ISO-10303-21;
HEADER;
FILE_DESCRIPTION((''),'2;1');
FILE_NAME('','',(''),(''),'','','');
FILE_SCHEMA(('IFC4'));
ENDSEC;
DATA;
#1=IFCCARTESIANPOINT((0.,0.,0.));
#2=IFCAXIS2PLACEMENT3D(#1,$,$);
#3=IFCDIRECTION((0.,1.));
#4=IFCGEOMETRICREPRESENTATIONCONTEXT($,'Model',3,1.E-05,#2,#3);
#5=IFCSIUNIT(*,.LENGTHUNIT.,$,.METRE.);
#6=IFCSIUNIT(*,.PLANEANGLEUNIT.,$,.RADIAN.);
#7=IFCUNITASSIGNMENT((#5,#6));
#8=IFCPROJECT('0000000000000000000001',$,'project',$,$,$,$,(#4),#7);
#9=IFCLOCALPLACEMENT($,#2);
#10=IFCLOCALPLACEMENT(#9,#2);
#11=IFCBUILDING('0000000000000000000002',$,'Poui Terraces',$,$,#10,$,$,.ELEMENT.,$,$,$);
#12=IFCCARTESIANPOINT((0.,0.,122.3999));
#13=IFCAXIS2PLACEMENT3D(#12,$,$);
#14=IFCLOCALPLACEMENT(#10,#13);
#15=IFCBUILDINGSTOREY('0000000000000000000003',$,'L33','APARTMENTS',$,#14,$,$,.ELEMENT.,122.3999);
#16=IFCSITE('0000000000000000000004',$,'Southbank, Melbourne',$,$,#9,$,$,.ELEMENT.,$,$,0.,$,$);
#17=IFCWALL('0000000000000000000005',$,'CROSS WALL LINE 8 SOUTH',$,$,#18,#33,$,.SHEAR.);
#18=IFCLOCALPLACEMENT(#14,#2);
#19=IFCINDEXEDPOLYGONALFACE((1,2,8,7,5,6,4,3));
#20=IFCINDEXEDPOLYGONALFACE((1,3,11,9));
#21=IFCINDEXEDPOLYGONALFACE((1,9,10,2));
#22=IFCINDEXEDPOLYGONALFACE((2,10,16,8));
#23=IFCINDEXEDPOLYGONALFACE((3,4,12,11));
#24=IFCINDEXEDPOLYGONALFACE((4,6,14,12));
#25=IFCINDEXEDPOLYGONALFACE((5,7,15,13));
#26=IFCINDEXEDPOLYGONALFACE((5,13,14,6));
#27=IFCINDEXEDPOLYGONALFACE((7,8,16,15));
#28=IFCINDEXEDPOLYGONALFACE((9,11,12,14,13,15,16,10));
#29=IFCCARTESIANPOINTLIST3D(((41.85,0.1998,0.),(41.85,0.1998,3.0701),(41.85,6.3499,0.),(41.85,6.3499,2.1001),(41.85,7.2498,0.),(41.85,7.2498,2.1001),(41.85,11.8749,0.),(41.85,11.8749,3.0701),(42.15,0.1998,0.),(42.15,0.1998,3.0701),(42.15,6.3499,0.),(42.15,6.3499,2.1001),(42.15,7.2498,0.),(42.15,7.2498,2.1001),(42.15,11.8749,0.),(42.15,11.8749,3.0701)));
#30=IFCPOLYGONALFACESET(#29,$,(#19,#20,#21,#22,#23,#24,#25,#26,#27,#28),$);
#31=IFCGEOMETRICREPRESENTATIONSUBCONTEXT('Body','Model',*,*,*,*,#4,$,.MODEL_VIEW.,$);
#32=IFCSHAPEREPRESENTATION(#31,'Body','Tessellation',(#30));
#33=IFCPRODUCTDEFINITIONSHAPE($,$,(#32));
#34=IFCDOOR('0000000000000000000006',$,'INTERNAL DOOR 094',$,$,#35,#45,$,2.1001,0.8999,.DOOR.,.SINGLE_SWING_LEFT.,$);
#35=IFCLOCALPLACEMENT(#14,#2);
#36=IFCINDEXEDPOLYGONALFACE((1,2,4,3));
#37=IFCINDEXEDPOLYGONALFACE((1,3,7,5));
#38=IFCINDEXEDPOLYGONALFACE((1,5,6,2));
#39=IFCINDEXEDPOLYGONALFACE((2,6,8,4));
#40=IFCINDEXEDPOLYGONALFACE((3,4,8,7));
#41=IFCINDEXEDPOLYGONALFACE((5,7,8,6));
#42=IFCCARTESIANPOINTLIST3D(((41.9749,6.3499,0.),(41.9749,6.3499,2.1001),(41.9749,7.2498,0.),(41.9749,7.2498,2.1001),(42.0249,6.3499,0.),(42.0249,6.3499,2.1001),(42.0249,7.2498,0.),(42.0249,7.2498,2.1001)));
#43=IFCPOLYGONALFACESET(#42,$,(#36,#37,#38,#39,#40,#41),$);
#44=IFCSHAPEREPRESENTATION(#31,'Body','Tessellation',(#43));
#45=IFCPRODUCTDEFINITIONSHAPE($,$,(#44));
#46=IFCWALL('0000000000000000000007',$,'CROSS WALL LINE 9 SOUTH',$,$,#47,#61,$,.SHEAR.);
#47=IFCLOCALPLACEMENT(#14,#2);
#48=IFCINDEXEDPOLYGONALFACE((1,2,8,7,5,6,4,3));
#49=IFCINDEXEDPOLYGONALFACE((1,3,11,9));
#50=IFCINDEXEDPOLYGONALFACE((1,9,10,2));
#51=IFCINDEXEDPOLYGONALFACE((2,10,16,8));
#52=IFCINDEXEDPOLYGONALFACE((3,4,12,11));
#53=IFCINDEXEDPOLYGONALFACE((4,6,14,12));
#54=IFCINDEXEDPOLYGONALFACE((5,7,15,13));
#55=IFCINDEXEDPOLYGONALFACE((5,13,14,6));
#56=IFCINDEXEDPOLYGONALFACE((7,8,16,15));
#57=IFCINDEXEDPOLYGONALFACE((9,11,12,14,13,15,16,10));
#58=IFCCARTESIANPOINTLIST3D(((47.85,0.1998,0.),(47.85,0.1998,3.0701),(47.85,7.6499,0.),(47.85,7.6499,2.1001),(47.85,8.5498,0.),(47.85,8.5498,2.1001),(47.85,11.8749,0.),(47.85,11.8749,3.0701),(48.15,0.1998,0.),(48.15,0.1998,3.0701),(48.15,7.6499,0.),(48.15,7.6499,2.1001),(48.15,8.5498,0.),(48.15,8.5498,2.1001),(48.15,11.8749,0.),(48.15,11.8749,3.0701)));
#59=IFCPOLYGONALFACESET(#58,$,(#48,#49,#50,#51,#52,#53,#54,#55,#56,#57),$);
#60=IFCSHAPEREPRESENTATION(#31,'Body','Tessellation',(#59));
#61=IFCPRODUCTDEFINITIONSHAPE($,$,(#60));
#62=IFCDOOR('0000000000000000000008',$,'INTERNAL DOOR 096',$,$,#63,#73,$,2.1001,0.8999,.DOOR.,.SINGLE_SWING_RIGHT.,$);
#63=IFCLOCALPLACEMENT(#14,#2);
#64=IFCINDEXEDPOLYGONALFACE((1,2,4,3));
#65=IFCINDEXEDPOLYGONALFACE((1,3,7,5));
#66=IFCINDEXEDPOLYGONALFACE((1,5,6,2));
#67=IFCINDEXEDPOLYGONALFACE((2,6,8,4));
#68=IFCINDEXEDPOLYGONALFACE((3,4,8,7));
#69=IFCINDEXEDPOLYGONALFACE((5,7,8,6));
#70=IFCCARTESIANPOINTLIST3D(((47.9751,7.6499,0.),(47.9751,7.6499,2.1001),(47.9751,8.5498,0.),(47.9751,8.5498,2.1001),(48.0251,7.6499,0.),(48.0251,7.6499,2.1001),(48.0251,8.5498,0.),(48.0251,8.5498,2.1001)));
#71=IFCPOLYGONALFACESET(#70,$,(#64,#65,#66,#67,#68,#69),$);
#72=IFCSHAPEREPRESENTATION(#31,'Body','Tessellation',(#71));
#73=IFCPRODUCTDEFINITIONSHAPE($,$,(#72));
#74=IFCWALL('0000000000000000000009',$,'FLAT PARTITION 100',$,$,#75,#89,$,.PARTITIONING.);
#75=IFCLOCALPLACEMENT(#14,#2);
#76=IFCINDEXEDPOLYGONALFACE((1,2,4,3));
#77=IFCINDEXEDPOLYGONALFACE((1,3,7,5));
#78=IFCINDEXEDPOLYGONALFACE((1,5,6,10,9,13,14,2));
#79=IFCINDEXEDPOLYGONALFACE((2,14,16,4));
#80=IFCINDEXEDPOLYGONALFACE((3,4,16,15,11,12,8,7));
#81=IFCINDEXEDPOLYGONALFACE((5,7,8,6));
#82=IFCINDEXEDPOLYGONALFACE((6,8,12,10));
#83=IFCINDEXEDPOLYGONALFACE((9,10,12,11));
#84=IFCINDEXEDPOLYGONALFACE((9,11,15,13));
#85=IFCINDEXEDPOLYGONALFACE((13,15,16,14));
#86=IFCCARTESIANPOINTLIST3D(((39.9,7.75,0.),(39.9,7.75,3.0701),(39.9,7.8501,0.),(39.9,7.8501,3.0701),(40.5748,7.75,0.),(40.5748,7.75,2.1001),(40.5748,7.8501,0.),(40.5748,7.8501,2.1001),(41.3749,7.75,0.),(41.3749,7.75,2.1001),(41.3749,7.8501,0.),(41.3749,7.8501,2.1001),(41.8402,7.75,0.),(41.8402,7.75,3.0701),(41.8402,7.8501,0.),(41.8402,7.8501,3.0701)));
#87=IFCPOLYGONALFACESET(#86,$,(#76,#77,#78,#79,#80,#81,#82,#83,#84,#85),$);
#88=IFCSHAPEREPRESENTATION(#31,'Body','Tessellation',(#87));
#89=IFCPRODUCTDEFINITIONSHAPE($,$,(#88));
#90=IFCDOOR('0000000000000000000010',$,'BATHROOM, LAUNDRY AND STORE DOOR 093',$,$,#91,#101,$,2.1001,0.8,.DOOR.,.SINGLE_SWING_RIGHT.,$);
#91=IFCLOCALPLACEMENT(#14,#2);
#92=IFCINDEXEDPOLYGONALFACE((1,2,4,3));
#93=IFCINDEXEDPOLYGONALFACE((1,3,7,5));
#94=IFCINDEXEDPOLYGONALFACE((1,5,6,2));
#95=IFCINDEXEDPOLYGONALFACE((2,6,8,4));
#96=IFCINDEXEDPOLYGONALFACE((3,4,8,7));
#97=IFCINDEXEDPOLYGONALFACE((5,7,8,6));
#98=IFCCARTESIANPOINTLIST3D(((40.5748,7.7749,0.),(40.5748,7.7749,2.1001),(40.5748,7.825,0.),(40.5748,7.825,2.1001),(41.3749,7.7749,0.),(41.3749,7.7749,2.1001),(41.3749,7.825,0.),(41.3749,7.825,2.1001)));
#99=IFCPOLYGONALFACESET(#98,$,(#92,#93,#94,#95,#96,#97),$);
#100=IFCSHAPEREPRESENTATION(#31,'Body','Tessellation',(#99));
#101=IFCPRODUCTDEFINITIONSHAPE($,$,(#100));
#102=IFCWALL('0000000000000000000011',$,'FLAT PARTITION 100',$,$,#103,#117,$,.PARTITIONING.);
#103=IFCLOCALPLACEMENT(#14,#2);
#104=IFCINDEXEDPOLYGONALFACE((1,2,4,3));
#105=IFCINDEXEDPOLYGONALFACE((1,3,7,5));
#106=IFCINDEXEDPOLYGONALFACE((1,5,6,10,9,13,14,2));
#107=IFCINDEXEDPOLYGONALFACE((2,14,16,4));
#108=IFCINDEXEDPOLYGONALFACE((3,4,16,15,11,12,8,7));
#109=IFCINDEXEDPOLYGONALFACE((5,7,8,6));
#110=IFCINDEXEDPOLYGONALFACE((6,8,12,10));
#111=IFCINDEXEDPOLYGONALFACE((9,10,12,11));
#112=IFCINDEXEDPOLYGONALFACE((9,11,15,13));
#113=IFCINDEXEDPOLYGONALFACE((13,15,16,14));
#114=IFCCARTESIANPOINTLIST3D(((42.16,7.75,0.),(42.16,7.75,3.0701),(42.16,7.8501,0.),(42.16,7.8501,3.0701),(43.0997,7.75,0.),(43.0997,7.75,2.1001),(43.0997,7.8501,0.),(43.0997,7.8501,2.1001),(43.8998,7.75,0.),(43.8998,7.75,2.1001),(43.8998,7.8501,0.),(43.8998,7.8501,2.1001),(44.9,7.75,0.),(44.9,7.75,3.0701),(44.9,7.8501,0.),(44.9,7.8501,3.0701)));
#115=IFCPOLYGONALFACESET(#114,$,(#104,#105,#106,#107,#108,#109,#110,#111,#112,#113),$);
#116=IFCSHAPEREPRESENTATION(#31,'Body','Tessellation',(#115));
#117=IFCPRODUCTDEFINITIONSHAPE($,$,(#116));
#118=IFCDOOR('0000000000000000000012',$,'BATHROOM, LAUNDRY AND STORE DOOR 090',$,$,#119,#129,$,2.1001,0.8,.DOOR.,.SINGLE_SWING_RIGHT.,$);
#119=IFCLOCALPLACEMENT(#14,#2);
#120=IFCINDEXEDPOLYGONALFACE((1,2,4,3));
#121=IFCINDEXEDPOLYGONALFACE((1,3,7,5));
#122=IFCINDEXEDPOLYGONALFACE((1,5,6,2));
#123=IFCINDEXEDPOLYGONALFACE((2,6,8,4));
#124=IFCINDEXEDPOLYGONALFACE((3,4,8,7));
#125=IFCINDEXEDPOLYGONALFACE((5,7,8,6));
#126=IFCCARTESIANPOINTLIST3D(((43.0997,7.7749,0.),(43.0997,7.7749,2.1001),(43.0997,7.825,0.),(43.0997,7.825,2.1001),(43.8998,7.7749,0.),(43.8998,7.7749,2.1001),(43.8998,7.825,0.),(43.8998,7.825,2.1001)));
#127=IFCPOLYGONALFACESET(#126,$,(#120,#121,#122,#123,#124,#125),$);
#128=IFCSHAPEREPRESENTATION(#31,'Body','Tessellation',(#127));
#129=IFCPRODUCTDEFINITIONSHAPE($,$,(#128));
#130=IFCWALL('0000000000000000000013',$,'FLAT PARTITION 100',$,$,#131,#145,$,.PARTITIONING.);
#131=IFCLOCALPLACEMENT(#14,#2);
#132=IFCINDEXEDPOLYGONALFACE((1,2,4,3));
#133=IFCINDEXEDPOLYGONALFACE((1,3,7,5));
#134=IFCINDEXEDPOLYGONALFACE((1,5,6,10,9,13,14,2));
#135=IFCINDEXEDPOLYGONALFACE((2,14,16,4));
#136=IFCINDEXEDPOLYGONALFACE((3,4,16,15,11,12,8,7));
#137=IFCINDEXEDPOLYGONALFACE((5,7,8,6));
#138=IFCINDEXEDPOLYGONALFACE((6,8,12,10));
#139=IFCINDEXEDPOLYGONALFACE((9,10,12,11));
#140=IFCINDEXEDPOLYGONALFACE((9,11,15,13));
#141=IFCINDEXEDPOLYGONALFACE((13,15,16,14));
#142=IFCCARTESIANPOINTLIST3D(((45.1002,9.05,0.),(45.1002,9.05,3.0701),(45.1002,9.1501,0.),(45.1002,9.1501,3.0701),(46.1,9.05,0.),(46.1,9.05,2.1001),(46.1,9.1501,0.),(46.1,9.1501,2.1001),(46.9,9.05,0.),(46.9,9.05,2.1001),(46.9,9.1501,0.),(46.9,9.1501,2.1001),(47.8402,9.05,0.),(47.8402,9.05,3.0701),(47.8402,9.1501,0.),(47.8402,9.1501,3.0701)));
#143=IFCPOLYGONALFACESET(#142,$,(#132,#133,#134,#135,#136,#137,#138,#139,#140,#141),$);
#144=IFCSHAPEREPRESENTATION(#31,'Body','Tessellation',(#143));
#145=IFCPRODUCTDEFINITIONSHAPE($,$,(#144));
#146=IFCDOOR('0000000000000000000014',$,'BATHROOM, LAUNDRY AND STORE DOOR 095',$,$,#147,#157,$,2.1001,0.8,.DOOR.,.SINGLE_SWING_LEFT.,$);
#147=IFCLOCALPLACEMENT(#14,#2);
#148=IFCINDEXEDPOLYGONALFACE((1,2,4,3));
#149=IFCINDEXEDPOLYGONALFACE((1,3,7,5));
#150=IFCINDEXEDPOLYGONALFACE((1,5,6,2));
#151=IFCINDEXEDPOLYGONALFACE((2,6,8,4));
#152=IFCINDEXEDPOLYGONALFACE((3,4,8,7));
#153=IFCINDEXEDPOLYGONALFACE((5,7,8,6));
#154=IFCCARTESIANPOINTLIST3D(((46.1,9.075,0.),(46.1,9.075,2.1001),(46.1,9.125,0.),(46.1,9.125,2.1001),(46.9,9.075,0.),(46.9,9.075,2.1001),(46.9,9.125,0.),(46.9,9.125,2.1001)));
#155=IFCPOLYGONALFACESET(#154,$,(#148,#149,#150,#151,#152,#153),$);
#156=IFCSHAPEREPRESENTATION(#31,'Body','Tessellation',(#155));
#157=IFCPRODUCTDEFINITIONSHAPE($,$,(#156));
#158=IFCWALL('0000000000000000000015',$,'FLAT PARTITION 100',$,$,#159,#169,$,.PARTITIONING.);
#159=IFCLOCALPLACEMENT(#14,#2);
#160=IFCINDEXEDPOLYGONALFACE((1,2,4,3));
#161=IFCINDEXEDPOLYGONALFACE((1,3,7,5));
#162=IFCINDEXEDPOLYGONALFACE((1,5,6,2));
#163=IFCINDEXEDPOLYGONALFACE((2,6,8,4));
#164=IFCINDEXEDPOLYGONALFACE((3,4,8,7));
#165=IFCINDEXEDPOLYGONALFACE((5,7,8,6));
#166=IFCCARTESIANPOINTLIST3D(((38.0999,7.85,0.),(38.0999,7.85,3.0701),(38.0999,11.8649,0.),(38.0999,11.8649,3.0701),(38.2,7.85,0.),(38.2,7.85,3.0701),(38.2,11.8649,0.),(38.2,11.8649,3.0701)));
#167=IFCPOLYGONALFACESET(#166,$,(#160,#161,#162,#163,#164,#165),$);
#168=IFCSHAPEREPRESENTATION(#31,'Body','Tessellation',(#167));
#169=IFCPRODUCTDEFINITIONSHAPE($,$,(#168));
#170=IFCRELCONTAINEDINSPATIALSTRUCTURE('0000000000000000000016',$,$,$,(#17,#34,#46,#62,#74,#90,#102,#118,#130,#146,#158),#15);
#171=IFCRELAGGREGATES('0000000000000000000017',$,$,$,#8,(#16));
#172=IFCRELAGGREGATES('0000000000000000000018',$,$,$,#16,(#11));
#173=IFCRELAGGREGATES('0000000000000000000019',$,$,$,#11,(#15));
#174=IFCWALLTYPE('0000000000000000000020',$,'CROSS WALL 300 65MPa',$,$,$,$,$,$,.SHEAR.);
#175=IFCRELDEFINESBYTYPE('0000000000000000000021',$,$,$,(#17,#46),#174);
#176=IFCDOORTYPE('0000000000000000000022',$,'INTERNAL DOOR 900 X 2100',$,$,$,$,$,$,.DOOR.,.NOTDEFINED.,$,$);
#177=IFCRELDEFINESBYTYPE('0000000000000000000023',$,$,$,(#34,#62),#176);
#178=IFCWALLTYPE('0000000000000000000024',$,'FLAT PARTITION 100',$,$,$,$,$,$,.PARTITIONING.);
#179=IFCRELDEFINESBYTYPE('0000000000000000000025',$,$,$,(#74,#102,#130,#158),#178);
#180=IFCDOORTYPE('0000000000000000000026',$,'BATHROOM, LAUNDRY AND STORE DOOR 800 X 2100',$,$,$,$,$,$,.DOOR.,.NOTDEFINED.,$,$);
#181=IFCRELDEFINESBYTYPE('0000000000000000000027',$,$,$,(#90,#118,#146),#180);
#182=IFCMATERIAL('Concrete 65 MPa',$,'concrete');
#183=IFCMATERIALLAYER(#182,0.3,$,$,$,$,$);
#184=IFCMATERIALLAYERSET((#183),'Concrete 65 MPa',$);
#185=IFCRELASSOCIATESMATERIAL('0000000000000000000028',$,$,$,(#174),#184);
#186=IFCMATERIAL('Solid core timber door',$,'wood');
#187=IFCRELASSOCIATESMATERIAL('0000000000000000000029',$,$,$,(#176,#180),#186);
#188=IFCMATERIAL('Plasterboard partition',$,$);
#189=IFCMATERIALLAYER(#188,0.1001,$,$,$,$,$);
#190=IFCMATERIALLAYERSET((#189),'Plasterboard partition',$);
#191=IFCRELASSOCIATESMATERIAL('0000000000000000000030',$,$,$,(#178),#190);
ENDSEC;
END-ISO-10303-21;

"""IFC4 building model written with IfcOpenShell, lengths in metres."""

from ifc_helpers import new_model, si_unit, direction, frame, frame_2d, origin, place, context, subcontext, project, spatial, rectangle, extrude, material, layer, layer_set, type_object, element, fill, save


model = new_model("IFC4")

# Units and contexts
model_context = context("Model", 3, precision=1e-05, world=origin(), true_north=direction((0.0, 1.0)))
body_context = subcontext(model_context, "Body", "Model", "MODEL_VIEW")
ifc_project = project(units=[si_unit("LENGTHUNIT", "METRE"), si_unit("PLANEANGLEUNIT", "RADIAN")], contexts=[model_context])

# Site, building, storey
site_placement = place(None, origin())
site = spatial("IfcSite", under=ifc_project, at=site_placement, Name="Southbank, Melbourne", CompositionType="ELEMENT", RefElevation=0.0)
building_placement = place(site_placement, origin())
building = spatial("IfcBuilding", under=site, at=building_placement, Name="Poui Terraces", CompositionType="ELEMENT")
storey_placement = place(building_placement, frame((0.0, 0.0, 122.3999)))
storey = spatial("IfcBuildingStorey", under=building, at=storey_placement, Name="L33", Description="APARTMENTS", CompositionType="ELEMENT", Elevation=122.3999)

# Walls, openings, doors
ifc_material_1 = material(Name="Concrete 65 MPa", Category="concrete")
ifc_layer_1 = layer(ifc_material_1, 0.3)
ifc_layer_set_1 = layer_set([ifc_layer_1], Name="Concrete 65 MPa")
wall_type_1 = type_object("IfcWallType", Name="CROSS WALL 300 65MPa", PredefinedType="SHEAR", material=ifc_layer_set_1)
wall_1_placement = place(storey_placement, frame((42.0, 0.2, 0.0), z_axis=(0.0, 0.0, 1.0), x_axis=(0.0, 1.0, 0.0)))
wall_1 = element("IfcWall", 1, at=wall_1_placement, inside=storey, type_object=wall_type_1, Name="CROSS WALL LINE 8 SOUTH", PredefinedType="SHEAR", context=body_context, shape_type="SweptSolid", body=[
    extrude(rectangle(XDim=11.675, YDim=0.3, at=frame_2d((5.8374, 0.0))), origin(), (0.0, 0.0, 1.0), 3.0701),
])
opening_1_placement = place(wall_1_placement, frame((6.1499, 0.0, 0.0)))
opening_1 = element("IfcOpeningElement", 2, at=opening_1_placement, cuts=wall_1, PredefinedType="OPENING", context=body_context, shape_type="SweptSolid", body=[
    extrude(rectangle(XDim=0.8999, YDim=2.1001, at=frame_2d((0.45, 1.05))), frame((0.0, 0.1602, 0.0), z_axis=(0.0, -1.0, 0.0), x_axis=(1.0, 0.0, 0.0)), (0.0, 0.0, 1.0), 0.3201),
])
ifc_material_2 = material(Name="Solid core timber door", Category="wood")
door_type_1 = type_object("IfcDoorType", Name="INTERNAL DOOR 900 X 2100", OperationType="NOTDEFINED", PredefinedType="DOOR", material=ifc_material_2)
door_1_placement = place(opening_1_placement, frame((0.8999, 0.0, 0.0), z_axis=(0.0, 0.0, 1.0), x_axis=(-1.0, 0.0, 0.0)))
door_1 = element("IfcDoor", 3, at=door_1_placement, inside=storey, type_object=door_type_1, Name="INTERNAL DOOR 094", OperationType="SINGLE_SWING_LEFT", OverallHeight=2.1001, OverallWidth=0.8999, PredefinedType="DOOR", context=body_context, shape_type="SweptSolid", body=[
    extrude(rectangle(XDim=0.8999, YDim=2.1001, at=frame_2d((0.45, 1.05))), frame((0.0, 0.0249, 0.0), z_axis=(0.0, -1.0, 0.0), x_axis=(1.0, 0.0, 0.0)), (0.0, 0.0, 1.0), 0.05),
])
fill(opening_1, door_1)
wall_2_placement = place(storey_placement, frame((48.0, 0.2, 0.0), z_axis=(0.0, 0.0, 1.0), x_axis=(0.0, 1.0, 0.0)))
wall_2 = element("IfcWall", 4, at=wall_2_placement, inside=storey, type_object=wall_type_1, Name="CROSS WALL LINE 9 SOUTH", PredefinedType="SHEAR", context=body_context, shape_type="SweptSolid", body=[
    extrude(rectangle(XDim=11.675, YDim=0.3, at=frame_2d((5.8374, 0.0))), origin(), (0.0, 0.0, 1.0), 3.0701),
])
opening_2_placement = place(wall_2_placement, frame((7.45, 0.0, 0.0)))
opening_2 = element("IfcOpeningElement", 5, at=opening_2_placement, cuts=wall_2, PredefinedType="OPENING", context=body_context, shape_type="SweptSolid", body=[
    extrude(rectangle(XDim=0.8999, YDim=2.1001, at=frame_2d((0.45, 1.05))), frame((0.0, 0.1602, 0.0), z_axis=(0.0, -1.0, 0.0), x_axis=(1.0, 0.0, 0.0)), (0.0, 0.0, 1.0), 0.3201),
])
door_2_placement = place(opening_2_placement, origin())
door_2 = element("IfcDoor", 6, at=door_2_placement, inside=storey, type_object=door_type_1, Name="INTERNAL DOOR 096", OperationType="SINGLE_SWING_RIGHT", OverallHeight=2.1001, OverallWidth=0.8999, PredefinedType="DOOR", context=body_context, shape_type="SweptSolid", body=[
    extrude(rectangle(XDim=0.8999, YDim=2.1001, at=frame_2d((0.45, 1.05))), frame((0.0, 0.0249, 0.0), z_axis=(0.0, -1.0, 0.0), x_axis=(1.0, 0.0, 0.0)), (0.0, 0.0, 1.0), 0.05),
])
fill(opening_2, door_2)
ifc_material_3 = material(Name="Plasterboard partition")
ifc_layer_2 = layer(ifc_material_3, 0.1001)
ifc_layer_set_2 = layer_set([ifc_layer_2], Name="Plasterboard partition")
wall_type_2 = type_object("IfcWallType", Name="FLAT PARTITION 100", PredefinedType="PARTITIONING", material=ifc_layer_set_2)
wall_3_placement = place(storey_placement, frame((39.8999, 7.8, 0.0), z_axis=(0.0, 0.0, 1.0), x_axis=(1.0, 0.0, 0.0)))
wall_3 = element("IfcWall", 7, at=wall_3_placement, inside=storey, type_object=wall_type_2, Name="FLAT PARTITION 100", PredefinedType="PARTITIONING", context=body_context, shape_type="SweptSolid", body=[
    extrude(rectangle(XDim=1.9402, YDim=0.1001, at=frame_2d((0.9702, 0.0))), origin(), (0.0, 0.0, 1.0), 3.0701),
])
opening_3_placement = place(wall_3_placement, frame((0.675, 0.0, 0.0)))
opening_3 = element("IfcOpeningElement", 8, at=opening_3_placement, cuts=wall_3, PredefinedType="OPENING", context=body_context, shape_type="SweptSolid", body=[
    extrude(rectangle(XDim=0.8, YDim=2.1001, at=frame_2d((0.3999, 1.05))), frame((0.0, 0.0601, 0.0), z_axis=(0.0, -1.0, 0.0), x_axis=(1.0, 0.0, 0.0)), (0.0, 0.0, 1.0), 0.1201),
])
door_type_2 = type_object("IfcDoorType", Name="BATHROOM, LAUNDRY AND STORE DOOR 800 X 2100", OperationType="NOTDEFINED", PredefinedType="DOOR", material=ifc_material_2)
door_3_placement = place(opening_3_placement, origin())
door_3 = element("IfcDoor", 9, at=door_3_placement, inside=storey, type_object=door_type_2, Name="BATHROOM, LAUNDRY AND STORE DOOR 093", OperationType="SINGLE_SWING_RIGHT", OverallHeight=2.1001, OverallWidth=0.8, PredefinedType="DOOR", context=body_context, shape_type="SweptSolid", body=[
    extrude(rectangle(XDim=0.8, YDim=2.1001, at=frame_2d((0.3999, 1.05))), frame((0.0, 0.0249, 0.0), z_axis=(0.0, -1.0, 0.0), x_axis=(1.0, 0.0, 0.0)), (0.0, 0.0, 1.0), 0.05),
])
fill(opening_3, door_3)
wall_4_placement = place(storey_placement, frame((42.1599, 7.8, 0.0), z_axis=(0.0, 0.0, 1.0), x_axis=(1.0, 0.0, 0.0)))
wall_4 = element("IfcWall", 10, at=wall_4_placement, inside=storey, type_object=wall_type_2, Name="FLAT PARTITION 100", PredefinedType="PARTITIONING", context=body_context, shape_type="SweptSolid", body=[
    extrude(rectangle(XDim=2.74, YDim=0.1001, at=frame_2d((1.3701, 0.0))), origin(), (0.0, 0.0, 1.0), 3.0701),
])
opening_4_placement = place(wall_4_placement, frame((0.9399, 0.0, 0.0)))
opening_4 = element("IfcOpeningElement", 11, at=opening_4_placement, cuts=wall_4, PredefinedType="OPENING", context=body_context, shape_type="SweptSolid", body=[
    extrude(rectangle(XDim=0.8, YDim=2.1001, at=frame_2d((0.3999, 1.05))), frame((0.0, 0.0601, 0.0), z_axis=(0.0, -1.0, 0.0), x_axis=(1.0, 0.0, 0.0)), (0.0, 0.0, 1.0), 0.1201),
])
door_4_placement = place(opening_4_placement, origin())
door_4 = element("IfcDoor", 12, at=door_4_placement, inside=storey, type_object=door_type_2, Name="BATHROOM, LAUNDRY AND STORE DOOR 090", OperationType="SINGLE_SWING_RIGHT", OverallHeight=2.1001, OverallWidth=0.8, PredefinedType="DOOR", context=body_context, shape_type="SweptSolid", body=[
    extrude(rectangle(XDim=0.8, YDim=2.1001, at=frame_2d((0.3999, 1.05))), frame((0.0, 0.0249, 0.0), z_axis=(0.0, -1.0, 0.0), x_axis=(1.0, 0.0, 0.0)), (0.0, 0.0, 1.0), 0.05),
])
fill(opening_4, door_4)
wall_5_placement = place(storey_placement, frame((45.1001, 9.1001, 0.0), z_axis=(0.0, 0.0, 1.0), x_axis=(1.0, 0.0, 0.0)))
wall_5 = element("IfcWall", 13, at=wall_5_placement, inside=storey, type_object=wall_type_2, Name="FLAT PARTITION 100", PredefinedType="PARTITIONING", context=body_context, shape_type="SweptSolid", body=[
    extrude(rectangle(XDim=2.74, YDim=0.1001, at=frame_2d((1.3701, 0.0))), origin(), (0.0, 0.0, 1.0), 3.0701),
])
opening_5_placement = place(wall_5_placement, frame((1.0, 0.0, 0.0)))
opening_5 = element("IfcOpeningElement", 14, at=opening_5_placement, cuts=wall_5, PredefinedType="OPENING", context=body_context, shape_type="SweptSolid", body=[
    extrude(rectangle(XDim=0.8, YDim=2.1001, at=frame_2d((0.3999, 1.05))), frame((0.0, 0.0601, 0.0), z_axis=(0.0, -1.0, 0.0), x_axis=(1.0, 0.0, 0.0)), (0.0, 0.0, 1.0), 0.1201),
])
door_5_placement = place(opening_5_placement, origin())
door_5 = element("IfcDoor", 15, at=door_5_placement, inside=storey, type_object=door_type_2, Name="BATHROOM, LAUNDRY AND STORE DOOR 095", OperationType="SINGLE_SWING_LEFT", OverallHeight=2.1001, OverallWidth=0.8, PredefinedType="DOOR", context=body_context, shape_type="SweptSolid", body=[
    extrude(rectangle(XDim=0.8, YDim=2.1001, at=frame_2d((0.3999, 1.05))), frame((0.0, 0.0249, 0.0), z_axis=(0.0, -1.0, 0.0), x_axis=(1.0, 0.0, 0.0)), (0.0, 0.0, 1.0), 0.05),
])
fill(opening_5, door_5)

# Wall
for number, where, z_axis, x_axis, name in (
    (16, (38.1499, 7.8501, 0.0), (0.0, 0.0, 1.0), (0.0, 1.0, 0.0), "FLAT PARTITION 100"),
):
    element("IfcWall", number, at=place(storey_placement, frame(where, z_axis=z_axis, x_axis=x_axis)), inside=storey, type_object=wall_type_2, Name=name, PredefinedType="PARTITIONING", context=body_context, shape_type="SweptSolid", body=[
        extrude(rectangle(XDim=4.0149, YDim=0.1001, at=frame_2d((2.0073, 0.0))), origin(), (0.0, 0.0, 1.0), 3.0701),
    ])

save(model, "model.ifc")
